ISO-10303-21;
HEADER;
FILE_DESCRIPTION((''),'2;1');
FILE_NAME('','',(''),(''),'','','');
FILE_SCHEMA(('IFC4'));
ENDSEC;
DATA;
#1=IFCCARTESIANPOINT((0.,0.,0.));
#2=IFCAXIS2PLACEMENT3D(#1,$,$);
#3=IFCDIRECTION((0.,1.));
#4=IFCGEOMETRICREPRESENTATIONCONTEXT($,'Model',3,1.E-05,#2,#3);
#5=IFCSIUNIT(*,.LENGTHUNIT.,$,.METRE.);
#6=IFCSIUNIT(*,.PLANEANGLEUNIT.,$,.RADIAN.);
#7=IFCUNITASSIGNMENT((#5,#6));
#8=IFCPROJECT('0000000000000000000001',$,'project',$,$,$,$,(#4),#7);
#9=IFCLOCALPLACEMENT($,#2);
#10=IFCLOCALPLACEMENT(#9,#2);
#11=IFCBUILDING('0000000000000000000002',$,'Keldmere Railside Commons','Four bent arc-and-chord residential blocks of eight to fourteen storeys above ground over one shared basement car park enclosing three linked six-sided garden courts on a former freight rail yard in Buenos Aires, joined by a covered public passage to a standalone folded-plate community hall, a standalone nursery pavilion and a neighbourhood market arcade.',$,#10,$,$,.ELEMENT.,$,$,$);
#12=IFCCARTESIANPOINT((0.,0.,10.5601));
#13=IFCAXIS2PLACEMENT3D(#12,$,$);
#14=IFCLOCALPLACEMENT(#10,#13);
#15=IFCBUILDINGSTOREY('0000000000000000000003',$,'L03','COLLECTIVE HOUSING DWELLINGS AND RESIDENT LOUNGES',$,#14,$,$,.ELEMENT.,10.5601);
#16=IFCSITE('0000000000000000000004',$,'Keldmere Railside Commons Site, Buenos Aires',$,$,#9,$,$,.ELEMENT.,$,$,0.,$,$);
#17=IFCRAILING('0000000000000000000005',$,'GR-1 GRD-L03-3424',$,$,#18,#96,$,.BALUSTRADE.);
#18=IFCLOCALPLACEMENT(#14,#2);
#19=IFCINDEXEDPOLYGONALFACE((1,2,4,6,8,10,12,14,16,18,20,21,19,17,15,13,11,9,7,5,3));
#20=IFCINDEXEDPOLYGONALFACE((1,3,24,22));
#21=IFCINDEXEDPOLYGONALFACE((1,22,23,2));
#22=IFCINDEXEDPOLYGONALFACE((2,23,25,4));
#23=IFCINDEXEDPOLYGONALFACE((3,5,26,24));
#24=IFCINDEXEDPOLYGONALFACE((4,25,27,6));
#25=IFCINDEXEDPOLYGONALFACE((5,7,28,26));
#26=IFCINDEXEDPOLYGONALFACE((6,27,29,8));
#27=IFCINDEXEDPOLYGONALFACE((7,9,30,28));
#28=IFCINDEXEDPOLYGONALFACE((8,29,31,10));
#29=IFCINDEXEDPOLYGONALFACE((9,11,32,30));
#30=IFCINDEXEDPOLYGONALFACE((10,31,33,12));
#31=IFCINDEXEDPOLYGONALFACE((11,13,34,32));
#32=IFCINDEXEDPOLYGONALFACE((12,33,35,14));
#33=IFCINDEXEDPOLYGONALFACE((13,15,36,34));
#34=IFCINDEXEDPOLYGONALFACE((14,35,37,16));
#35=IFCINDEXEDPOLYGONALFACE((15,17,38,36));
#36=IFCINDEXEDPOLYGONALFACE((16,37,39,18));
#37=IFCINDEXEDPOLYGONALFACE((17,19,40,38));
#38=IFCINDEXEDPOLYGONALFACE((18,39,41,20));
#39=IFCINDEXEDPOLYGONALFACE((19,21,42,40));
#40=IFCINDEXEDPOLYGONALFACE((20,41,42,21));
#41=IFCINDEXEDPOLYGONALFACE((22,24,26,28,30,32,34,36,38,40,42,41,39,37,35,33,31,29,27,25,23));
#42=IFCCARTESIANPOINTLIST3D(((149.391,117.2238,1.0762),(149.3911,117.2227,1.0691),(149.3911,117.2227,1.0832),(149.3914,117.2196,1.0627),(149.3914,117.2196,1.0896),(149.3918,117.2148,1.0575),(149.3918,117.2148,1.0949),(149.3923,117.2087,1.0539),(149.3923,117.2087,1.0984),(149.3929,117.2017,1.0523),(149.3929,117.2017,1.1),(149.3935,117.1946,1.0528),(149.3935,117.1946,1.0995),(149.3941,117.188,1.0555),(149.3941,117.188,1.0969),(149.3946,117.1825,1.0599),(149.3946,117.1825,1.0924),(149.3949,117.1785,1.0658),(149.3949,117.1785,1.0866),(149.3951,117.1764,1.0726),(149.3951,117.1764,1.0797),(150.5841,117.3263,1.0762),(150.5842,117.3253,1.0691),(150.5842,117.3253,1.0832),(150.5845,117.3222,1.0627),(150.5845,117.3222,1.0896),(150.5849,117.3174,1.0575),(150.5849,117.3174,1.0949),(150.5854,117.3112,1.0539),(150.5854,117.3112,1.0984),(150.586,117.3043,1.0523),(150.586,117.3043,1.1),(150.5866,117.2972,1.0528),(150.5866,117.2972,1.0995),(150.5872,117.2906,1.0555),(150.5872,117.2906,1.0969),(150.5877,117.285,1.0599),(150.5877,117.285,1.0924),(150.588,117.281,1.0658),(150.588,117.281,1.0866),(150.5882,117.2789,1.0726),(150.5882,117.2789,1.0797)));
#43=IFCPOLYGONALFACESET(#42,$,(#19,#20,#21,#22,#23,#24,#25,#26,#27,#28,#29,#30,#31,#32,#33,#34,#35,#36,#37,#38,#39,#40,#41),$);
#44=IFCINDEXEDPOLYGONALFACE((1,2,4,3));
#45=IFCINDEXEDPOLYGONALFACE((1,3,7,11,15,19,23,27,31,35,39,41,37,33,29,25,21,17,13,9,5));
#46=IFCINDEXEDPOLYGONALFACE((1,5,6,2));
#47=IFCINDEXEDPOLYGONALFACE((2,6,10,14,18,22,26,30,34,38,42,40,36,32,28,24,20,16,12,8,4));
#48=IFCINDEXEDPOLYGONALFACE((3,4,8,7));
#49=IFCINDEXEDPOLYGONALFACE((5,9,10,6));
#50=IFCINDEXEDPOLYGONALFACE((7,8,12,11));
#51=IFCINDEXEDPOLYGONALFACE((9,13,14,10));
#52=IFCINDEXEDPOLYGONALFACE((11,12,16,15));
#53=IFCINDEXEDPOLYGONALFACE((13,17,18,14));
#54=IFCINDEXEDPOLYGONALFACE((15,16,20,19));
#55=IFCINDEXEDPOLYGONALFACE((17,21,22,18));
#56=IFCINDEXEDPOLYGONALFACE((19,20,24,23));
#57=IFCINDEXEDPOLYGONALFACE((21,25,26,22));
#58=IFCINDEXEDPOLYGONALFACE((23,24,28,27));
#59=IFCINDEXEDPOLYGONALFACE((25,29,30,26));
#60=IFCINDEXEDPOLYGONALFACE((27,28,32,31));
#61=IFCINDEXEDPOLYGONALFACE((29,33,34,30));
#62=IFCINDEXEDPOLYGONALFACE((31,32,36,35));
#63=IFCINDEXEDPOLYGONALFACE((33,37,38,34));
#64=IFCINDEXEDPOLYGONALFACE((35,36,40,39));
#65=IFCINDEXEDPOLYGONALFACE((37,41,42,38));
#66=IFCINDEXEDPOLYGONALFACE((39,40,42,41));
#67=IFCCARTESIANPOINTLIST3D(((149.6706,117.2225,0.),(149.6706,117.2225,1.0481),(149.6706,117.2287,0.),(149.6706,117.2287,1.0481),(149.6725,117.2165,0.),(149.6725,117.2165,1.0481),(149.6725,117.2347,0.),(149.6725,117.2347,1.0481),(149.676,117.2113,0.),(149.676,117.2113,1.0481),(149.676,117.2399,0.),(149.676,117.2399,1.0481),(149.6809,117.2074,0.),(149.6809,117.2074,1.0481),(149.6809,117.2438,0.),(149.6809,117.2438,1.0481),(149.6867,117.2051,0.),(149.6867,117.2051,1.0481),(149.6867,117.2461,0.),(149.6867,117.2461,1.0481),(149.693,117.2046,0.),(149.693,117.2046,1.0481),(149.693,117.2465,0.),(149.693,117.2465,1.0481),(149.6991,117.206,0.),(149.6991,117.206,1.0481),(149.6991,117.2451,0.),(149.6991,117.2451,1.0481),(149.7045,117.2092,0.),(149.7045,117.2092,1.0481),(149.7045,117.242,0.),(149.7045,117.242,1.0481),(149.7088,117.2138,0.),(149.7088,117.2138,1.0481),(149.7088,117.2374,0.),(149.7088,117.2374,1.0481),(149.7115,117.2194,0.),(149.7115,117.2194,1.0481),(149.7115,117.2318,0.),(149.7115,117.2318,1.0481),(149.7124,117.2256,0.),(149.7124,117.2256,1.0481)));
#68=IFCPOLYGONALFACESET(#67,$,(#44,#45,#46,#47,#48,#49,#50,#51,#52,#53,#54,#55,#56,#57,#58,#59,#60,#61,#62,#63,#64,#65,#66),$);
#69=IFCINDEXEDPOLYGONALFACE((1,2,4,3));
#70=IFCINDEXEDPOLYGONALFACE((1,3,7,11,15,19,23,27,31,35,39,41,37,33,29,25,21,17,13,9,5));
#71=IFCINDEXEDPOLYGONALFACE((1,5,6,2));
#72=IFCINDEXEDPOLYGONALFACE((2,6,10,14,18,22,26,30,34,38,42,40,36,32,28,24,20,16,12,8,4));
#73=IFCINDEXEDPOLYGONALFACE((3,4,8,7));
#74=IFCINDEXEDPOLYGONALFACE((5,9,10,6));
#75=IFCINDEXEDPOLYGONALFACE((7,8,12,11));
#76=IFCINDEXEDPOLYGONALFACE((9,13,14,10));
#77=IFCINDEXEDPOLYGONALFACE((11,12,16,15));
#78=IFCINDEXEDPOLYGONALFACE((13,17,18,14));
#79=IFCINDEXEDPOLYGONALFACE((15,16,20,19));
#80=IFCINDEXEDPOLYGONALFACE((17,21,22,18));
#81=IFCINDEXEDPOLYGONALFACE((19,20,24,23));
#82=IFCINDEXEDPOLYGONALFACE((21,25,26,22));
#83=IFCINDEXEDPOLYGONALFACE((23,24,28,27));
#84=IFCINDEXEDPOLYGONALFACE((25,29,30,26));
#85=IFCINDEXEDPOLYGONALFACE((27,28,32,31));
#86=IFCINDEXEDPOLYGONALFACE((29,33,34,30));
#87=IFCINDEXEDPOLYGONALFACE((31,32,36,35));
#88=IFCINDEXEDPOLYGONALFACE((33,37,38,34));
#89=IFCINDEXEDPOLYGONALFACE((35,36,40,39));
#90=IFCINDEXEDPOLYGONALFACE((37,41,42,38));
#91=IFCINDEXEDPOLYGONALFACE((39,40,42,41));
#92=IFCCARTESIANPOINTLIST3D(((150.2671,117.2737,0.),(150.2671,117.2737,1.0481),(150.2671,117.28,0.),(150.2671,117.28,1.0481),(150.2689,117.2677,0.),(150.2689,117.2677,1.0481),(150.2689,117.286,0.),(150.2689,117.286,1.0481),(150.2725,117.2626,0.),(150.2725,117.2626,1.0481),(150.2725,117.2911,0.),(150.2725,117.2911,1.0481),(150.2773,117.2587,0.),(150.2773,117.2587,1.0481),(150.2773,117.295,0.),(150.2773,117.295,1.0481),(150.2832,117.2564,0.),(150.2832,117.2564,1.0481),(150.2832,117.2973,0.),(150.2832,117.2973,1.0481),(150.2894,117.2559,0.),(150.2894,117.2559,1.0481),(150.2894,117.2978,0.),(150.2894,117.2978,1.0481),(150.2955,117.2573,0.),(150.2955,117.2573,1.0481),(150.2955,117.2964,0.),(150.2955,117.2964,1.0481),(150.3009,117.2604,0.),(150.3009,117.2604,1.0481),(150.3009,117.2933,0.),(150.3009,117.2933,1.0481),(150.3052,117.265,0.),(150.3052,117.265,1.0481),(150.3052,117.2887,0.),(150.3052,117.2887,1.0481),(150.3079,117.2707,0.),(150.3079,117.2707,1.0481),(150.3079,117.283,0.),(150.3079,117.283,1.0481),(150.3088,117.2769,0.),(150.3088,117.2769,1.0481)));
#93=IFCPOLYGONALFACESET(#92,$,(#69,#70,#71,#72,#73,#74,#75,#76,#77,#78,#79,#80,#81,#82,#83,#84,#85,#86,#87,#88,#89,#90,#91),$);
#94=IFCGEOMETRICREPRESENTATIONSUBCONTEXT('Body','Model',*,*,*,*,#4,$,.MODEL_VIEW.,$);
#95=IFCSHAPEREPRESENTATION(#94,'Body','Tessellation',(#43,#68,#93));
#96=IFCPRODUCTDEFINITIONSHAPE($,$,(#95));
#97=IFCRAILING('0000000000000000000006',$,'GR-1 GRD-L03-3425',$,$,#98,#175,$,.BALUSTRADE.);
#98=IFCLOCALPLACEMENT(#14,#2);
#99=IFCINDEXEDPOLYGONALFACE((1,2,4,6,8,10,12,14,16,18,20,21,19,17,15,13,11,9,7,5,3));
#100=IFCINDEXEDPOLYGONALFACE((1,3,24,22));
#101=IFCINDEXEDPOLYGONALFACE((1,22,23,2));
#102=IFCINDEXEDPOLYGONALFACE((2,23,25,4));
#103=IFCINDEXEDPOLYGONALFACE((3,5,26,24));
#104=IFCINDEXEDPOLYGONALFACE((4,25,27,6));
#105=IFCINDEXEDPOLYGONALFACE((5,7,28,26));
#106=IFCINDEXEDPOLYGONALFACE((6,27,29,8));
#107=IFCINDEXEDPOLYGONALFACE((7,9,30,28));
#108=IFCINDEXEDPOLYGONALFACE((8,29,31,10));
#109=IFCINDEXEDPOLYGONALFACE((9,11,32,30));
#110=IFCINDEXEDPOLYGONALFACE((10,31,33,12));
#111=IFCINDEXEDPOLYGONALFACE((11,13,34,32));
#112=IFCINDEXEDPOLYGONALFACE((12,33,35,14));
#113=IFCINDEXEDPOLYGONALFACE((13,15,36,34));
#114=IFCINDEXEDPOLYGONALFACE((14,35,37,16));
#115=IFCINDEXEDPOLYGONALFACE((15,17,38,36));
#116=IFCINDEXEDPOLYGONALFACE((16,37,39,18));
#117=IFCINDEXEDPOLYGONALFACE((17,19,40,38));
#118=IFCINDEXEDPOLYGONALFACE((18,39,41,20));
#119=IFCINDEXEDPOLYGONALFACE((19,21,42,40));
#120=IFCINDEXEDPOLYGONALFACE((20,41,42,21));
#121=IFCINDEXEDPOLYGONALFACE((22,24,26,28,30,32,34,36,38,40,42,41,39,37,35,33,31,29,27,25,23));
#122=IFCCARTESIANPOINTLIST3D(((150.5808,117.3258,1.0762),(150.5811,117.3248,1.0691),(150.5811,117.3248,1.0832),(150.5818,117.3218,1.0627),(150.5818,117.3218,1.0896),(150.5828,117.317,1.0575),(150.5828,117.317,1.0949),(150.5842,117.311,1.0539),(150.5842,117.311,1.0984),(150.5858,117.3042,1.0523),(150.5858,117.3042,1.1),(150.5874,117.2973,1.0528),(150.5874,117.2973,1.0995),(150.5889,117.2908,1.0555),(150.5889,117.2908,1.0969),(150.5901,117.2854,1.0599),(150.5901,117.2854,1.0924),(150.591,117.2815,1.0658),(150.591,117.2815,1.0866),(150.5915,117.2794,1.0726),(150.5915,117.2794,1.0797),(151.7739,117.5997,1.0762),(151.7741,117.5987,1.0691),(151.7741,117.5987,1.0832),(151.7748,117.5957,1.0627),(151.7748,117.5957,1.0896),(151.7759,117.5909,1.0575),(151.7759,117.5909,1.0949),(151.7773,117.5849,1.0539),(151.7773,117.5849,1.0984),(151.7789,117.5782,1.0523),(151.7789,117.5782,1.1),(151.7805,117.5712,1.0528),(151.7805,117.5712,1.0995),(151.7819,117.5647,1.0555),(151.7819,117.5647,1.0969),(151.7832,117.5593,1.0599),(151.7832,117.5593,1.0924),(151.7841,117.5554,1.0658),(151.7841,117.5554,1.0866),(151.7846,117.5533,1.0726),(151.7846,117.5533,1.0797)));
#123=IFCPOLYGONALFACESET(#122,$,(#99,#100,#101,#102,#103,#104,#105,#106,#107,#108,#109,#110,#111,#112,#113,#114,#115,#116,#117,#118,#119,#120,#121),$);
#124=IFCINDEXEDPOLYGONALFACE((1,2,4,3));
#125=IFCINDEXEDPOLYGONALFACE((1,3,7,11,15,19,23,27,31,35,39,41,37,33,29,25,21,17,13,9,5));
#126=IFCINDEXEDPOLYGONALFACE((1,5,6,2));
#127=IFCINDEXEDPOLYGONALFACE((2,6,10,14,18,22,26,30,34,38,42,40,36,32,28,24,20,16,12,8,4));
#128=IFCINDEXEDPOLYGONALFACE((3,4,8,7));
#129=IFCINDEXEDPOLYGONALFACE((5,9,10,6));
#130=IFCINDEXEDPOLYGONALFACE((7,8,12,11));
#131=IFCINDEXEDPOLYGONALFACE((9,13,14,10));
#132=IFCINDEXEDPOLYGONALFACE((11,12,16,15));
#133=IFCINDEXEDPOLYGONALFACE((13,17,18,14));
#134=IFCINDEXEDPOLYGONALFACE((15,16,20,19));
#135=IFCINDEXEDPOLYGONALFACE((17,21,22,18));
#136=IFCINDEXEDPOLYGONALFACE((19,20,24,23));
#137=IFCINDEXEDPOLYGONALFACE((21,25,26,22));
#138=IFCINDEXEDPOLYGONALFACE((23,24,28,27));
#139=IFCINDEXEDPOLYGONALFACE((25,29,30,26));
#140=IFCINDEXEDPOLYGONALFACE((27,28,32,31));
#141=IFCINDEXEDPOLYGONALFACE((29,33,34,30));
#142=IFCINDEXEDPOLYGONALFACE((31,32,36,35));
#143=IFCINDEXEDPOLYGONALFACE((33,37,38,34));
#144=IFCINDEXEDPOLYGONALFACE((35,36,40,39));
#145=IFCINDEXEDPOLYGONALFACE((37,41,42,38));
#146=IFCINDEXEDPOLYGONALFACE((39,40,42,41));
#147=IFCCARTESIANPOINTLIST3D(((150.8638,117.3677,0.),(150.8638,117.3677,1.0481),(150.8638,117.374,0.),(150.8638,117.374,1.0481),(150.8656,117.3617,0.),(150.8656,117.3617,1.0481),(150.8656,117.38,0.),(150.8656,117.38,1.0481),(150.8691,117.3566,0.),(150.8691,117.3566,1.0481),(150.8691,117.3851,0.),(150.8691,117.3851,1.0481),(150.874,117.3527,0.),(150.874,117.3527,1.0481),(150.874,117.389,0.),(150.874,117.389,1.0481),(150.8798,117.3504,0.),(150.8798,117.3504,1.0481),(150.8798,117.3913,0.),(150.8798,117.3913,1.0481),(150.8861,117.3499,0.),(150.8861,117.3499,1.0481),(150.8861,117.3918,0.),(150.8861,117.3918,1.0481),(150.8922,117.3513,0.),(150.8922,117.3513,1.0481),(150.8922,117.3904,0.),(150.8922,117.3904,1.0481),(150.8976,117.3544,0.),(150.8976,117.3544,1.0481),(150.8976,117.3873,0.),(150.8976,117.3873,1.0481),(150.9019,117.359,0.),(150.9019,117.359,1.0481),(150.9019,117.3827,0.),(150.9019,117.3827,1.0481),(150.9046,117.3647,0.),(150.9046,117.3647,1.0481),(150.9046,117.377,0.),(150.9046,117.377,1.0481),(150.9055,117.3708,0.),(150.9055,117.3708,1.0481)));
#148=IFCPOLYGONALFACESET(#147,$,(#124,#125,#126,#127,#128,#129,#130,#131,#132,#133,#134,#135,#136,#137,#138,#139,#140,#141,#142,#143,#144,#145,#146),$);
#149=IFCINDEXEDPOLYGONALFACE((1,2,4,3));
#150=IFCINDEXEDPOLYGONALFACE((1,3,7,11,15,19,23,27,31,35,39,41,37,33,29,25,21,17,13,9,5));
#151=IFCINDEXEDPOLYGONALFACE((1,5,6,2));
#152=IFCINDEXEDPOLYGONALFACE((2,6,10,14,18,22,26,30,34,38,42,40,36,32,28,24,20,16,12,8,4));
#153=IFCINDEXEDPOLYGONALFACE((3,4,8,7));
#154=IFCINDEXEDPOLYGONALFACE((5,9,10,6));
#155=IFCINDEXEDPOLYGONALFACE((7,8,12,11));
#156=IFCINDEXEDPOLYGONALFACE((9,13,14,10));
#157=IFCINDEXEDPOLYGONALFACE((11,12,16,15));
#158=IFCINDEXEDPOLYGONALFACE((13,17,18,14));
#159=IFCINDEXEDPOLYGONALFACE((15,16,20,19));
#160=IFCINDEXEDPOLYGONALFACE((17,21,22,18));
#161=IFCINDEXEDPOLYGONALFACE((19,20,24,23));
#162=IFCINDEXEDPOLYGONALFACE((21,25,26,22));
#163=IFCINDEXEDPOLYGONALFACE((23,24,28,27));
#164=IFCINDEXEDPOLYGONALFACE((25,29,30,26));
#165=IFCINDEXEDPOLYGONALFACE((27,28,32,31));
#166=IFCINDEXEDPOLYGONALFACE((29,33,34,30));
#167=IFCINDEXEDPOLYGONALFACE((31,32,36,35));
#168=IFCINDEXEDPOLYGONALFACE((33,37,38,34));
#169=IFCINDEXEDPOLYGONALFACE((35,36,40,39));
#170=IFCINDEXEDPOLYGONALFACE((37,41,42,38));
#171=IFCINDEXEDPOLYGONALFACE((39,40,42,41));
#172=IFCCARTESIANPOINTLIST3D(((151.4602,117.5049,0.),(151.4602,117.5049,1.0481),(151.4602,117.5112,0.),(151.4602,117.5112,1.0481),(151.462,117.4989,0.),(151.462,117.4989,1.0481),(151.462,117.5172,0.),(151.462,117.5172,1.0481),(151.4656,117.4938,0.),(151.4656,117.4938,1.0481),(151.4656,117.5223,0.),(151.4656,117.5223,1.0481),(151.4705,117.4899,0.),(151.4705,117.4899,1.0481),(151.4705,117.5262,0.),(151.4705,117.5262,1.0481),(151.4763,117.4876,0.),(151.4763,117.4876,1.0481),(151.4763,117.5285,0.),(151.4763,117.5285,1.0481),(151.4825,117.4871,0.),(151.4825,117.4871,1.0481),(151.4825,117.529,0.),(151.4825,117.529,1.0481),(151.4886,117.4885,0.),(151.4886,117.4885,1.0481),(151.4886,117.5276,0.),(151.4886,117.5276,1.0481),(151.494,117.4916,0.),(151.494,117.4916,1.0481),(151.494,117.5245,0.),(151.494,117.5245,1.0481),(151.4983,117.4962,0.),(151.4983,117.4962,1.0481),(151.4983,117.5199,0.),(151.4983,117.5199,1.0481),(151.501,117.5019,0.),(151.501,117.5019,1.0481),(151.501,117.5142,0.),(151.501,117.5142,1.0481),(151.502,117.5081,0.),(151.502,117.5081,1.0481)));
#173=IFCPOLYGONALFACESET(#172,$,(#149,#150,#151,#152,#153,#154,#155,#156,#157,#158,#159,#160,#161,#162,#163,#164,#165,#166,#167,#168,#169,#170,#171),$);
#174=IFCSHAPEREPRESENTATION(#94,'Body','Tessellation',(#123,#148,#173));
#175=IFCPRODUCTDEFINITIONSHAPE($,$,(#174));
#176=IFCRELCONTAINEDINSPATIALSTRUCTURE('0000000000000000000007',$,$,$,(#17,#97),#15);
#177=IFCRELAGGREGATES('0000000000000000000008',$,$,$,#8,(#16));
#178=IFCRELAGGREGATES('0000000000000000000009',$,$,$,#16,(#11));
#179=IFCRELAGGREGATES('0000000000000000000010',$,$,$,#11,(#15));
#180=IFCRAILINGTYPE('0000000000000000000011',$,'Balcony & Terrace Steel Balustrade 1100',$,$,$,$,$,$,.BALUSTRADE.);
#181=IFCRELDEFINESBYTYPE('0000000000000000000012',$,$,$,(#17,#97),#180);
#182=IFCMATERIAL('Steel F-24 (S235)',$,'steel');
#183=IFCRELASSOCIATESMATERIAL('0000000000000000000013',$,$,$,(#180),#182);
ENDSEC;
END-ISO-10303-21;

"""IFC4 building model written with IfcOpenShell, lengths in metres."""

from ifc_helpers import new_model, si_unit, direction, frame, origin, origin_2d, place, context, subcontext, project, spatial, circle, extrude, material, type_object, element, save


model = new_model("IFC4")

# Units and contexts
model_context = context("Model", 3, precision=1e-05, world=origin(), true_north=direction((0.0, 1.0)))
body_context = subcontext(model_context, "Body", "Model", "MODEL_VIEW")
ifc_project = project(units=[si_unit("LENGTHUNIT", "METRE"), si_unit("PLANEANGLEUNIT", "RADIAN")], contexts=[model_context])

# Site, building, storey
site_placement = place(None, origin())
site = spatial("IfcSite", under=ifc_project, at=site_placement, Name="Keldmere Railside Commons Site, Buenos Aires", CompositionType="ELEMENT", RefElevation=0.0)
building_placement = place(site_placement, origin())
building = spatial("IfcBuilding", under=site, at=building_placement, Name="Keldmere Railside Commons", Description="Four bent arc-and-chord residential blocks of eight to fourteen storeys above ground over one shared basement car park enclosing three linked six-sided garden courts on a former freight rail yard in Buenos Aires, joined by a covered public passage to a standalone folded-plate community hall, a standalone nursery pavilion and a neighbourhood market arcade.", CompositionType="ELEMENT")
storey_placement = place(building_placement, frame((0.0, 0.0, 10.5601)))
storey = spatial("IfcBuildingStorey", under=building, at=storey_placement, Name="L03", Description="COLLECTIVE HOUSING DWELLINGS AND RESIDENT LOUNGES", CompositionType="ELEMENT", Elevation=10.5601)

# Shared definitions
ifc_material_1 = material(Name="Steel F-24 (S235)", Category="steel")

# Railings
railing_type_1 = type_object("IfcRailingType", Name="Balcony & Terrace Steel Balustrade 1100", PredefinedType="BALUSTRADE", material=ifc_material_1)
railing_1_placement = place(storey_placement, frame((149.3931, 117.2, 0.0)))
element("IfcRailing", 1, at=railing_1_placement, inside=storey, type_object=railing_type_1, Name="GR-1 GRD-L03-3424", PredefinedType="BALUSTRADE", context=body_context, shape_type="SweptSolid", body=[
    extrude(circle(Radius=0.0239, at=origin_2d()), frame((0.0, 0.0, 1.0762), z_axis=(0.996327, 0.085627, 0.0), x_axis=(-0.085627, 0.996327, 0.0)), (0.0, 0.0, 1.0), 1.1975),
    extrude(circle(Radius=0.021, at=origin_2d()), frame((0.2983, 0.0256, 0.0)), (0.0, 0.0, 1.0), 1.0481),
    extrude(circle(Radius=0.021, at=origin_2d()), frame((0.8948, 0.0769, 0.0)), (0.0, 0.0, 1.0), 1.0481),
])
railing_2_placement = place(storey_placement, frame((150.5862, 117.3025, 0.0)))
element("IfcRailing", 2, at=railing_2_placement, inside=storey, type_object=railing_type_1, Name="GR-1 GRD-L03-3425", PredefinedType="BALUSTRADE", context=body_context, shape_type="SweptSolid", body=[
    extrude(circle(Radius=0.0239, at=origin_2d()), frame((0.0, 0.0, 1.0762), z_axis=(0.974643, 0.223767, 0.0), x_axis=(-0.223767, 0.974643, 0.0)), (0.0, 0.0, 1.0), 1.2241),
    extrude(circle(Radius=0.021, at=origin_2d()), frame((0.2983, 0.0684, 0.0)), (0.0, 0.0, 1.0), 1.0481),
    extrude(circle(Radius=0.021, at=origin_2d()), frame((0.8948, 0.2056, 0.0)), (0.0, 0.0, 1.0), 1.0481),
])

save(model, "model.ifc")
